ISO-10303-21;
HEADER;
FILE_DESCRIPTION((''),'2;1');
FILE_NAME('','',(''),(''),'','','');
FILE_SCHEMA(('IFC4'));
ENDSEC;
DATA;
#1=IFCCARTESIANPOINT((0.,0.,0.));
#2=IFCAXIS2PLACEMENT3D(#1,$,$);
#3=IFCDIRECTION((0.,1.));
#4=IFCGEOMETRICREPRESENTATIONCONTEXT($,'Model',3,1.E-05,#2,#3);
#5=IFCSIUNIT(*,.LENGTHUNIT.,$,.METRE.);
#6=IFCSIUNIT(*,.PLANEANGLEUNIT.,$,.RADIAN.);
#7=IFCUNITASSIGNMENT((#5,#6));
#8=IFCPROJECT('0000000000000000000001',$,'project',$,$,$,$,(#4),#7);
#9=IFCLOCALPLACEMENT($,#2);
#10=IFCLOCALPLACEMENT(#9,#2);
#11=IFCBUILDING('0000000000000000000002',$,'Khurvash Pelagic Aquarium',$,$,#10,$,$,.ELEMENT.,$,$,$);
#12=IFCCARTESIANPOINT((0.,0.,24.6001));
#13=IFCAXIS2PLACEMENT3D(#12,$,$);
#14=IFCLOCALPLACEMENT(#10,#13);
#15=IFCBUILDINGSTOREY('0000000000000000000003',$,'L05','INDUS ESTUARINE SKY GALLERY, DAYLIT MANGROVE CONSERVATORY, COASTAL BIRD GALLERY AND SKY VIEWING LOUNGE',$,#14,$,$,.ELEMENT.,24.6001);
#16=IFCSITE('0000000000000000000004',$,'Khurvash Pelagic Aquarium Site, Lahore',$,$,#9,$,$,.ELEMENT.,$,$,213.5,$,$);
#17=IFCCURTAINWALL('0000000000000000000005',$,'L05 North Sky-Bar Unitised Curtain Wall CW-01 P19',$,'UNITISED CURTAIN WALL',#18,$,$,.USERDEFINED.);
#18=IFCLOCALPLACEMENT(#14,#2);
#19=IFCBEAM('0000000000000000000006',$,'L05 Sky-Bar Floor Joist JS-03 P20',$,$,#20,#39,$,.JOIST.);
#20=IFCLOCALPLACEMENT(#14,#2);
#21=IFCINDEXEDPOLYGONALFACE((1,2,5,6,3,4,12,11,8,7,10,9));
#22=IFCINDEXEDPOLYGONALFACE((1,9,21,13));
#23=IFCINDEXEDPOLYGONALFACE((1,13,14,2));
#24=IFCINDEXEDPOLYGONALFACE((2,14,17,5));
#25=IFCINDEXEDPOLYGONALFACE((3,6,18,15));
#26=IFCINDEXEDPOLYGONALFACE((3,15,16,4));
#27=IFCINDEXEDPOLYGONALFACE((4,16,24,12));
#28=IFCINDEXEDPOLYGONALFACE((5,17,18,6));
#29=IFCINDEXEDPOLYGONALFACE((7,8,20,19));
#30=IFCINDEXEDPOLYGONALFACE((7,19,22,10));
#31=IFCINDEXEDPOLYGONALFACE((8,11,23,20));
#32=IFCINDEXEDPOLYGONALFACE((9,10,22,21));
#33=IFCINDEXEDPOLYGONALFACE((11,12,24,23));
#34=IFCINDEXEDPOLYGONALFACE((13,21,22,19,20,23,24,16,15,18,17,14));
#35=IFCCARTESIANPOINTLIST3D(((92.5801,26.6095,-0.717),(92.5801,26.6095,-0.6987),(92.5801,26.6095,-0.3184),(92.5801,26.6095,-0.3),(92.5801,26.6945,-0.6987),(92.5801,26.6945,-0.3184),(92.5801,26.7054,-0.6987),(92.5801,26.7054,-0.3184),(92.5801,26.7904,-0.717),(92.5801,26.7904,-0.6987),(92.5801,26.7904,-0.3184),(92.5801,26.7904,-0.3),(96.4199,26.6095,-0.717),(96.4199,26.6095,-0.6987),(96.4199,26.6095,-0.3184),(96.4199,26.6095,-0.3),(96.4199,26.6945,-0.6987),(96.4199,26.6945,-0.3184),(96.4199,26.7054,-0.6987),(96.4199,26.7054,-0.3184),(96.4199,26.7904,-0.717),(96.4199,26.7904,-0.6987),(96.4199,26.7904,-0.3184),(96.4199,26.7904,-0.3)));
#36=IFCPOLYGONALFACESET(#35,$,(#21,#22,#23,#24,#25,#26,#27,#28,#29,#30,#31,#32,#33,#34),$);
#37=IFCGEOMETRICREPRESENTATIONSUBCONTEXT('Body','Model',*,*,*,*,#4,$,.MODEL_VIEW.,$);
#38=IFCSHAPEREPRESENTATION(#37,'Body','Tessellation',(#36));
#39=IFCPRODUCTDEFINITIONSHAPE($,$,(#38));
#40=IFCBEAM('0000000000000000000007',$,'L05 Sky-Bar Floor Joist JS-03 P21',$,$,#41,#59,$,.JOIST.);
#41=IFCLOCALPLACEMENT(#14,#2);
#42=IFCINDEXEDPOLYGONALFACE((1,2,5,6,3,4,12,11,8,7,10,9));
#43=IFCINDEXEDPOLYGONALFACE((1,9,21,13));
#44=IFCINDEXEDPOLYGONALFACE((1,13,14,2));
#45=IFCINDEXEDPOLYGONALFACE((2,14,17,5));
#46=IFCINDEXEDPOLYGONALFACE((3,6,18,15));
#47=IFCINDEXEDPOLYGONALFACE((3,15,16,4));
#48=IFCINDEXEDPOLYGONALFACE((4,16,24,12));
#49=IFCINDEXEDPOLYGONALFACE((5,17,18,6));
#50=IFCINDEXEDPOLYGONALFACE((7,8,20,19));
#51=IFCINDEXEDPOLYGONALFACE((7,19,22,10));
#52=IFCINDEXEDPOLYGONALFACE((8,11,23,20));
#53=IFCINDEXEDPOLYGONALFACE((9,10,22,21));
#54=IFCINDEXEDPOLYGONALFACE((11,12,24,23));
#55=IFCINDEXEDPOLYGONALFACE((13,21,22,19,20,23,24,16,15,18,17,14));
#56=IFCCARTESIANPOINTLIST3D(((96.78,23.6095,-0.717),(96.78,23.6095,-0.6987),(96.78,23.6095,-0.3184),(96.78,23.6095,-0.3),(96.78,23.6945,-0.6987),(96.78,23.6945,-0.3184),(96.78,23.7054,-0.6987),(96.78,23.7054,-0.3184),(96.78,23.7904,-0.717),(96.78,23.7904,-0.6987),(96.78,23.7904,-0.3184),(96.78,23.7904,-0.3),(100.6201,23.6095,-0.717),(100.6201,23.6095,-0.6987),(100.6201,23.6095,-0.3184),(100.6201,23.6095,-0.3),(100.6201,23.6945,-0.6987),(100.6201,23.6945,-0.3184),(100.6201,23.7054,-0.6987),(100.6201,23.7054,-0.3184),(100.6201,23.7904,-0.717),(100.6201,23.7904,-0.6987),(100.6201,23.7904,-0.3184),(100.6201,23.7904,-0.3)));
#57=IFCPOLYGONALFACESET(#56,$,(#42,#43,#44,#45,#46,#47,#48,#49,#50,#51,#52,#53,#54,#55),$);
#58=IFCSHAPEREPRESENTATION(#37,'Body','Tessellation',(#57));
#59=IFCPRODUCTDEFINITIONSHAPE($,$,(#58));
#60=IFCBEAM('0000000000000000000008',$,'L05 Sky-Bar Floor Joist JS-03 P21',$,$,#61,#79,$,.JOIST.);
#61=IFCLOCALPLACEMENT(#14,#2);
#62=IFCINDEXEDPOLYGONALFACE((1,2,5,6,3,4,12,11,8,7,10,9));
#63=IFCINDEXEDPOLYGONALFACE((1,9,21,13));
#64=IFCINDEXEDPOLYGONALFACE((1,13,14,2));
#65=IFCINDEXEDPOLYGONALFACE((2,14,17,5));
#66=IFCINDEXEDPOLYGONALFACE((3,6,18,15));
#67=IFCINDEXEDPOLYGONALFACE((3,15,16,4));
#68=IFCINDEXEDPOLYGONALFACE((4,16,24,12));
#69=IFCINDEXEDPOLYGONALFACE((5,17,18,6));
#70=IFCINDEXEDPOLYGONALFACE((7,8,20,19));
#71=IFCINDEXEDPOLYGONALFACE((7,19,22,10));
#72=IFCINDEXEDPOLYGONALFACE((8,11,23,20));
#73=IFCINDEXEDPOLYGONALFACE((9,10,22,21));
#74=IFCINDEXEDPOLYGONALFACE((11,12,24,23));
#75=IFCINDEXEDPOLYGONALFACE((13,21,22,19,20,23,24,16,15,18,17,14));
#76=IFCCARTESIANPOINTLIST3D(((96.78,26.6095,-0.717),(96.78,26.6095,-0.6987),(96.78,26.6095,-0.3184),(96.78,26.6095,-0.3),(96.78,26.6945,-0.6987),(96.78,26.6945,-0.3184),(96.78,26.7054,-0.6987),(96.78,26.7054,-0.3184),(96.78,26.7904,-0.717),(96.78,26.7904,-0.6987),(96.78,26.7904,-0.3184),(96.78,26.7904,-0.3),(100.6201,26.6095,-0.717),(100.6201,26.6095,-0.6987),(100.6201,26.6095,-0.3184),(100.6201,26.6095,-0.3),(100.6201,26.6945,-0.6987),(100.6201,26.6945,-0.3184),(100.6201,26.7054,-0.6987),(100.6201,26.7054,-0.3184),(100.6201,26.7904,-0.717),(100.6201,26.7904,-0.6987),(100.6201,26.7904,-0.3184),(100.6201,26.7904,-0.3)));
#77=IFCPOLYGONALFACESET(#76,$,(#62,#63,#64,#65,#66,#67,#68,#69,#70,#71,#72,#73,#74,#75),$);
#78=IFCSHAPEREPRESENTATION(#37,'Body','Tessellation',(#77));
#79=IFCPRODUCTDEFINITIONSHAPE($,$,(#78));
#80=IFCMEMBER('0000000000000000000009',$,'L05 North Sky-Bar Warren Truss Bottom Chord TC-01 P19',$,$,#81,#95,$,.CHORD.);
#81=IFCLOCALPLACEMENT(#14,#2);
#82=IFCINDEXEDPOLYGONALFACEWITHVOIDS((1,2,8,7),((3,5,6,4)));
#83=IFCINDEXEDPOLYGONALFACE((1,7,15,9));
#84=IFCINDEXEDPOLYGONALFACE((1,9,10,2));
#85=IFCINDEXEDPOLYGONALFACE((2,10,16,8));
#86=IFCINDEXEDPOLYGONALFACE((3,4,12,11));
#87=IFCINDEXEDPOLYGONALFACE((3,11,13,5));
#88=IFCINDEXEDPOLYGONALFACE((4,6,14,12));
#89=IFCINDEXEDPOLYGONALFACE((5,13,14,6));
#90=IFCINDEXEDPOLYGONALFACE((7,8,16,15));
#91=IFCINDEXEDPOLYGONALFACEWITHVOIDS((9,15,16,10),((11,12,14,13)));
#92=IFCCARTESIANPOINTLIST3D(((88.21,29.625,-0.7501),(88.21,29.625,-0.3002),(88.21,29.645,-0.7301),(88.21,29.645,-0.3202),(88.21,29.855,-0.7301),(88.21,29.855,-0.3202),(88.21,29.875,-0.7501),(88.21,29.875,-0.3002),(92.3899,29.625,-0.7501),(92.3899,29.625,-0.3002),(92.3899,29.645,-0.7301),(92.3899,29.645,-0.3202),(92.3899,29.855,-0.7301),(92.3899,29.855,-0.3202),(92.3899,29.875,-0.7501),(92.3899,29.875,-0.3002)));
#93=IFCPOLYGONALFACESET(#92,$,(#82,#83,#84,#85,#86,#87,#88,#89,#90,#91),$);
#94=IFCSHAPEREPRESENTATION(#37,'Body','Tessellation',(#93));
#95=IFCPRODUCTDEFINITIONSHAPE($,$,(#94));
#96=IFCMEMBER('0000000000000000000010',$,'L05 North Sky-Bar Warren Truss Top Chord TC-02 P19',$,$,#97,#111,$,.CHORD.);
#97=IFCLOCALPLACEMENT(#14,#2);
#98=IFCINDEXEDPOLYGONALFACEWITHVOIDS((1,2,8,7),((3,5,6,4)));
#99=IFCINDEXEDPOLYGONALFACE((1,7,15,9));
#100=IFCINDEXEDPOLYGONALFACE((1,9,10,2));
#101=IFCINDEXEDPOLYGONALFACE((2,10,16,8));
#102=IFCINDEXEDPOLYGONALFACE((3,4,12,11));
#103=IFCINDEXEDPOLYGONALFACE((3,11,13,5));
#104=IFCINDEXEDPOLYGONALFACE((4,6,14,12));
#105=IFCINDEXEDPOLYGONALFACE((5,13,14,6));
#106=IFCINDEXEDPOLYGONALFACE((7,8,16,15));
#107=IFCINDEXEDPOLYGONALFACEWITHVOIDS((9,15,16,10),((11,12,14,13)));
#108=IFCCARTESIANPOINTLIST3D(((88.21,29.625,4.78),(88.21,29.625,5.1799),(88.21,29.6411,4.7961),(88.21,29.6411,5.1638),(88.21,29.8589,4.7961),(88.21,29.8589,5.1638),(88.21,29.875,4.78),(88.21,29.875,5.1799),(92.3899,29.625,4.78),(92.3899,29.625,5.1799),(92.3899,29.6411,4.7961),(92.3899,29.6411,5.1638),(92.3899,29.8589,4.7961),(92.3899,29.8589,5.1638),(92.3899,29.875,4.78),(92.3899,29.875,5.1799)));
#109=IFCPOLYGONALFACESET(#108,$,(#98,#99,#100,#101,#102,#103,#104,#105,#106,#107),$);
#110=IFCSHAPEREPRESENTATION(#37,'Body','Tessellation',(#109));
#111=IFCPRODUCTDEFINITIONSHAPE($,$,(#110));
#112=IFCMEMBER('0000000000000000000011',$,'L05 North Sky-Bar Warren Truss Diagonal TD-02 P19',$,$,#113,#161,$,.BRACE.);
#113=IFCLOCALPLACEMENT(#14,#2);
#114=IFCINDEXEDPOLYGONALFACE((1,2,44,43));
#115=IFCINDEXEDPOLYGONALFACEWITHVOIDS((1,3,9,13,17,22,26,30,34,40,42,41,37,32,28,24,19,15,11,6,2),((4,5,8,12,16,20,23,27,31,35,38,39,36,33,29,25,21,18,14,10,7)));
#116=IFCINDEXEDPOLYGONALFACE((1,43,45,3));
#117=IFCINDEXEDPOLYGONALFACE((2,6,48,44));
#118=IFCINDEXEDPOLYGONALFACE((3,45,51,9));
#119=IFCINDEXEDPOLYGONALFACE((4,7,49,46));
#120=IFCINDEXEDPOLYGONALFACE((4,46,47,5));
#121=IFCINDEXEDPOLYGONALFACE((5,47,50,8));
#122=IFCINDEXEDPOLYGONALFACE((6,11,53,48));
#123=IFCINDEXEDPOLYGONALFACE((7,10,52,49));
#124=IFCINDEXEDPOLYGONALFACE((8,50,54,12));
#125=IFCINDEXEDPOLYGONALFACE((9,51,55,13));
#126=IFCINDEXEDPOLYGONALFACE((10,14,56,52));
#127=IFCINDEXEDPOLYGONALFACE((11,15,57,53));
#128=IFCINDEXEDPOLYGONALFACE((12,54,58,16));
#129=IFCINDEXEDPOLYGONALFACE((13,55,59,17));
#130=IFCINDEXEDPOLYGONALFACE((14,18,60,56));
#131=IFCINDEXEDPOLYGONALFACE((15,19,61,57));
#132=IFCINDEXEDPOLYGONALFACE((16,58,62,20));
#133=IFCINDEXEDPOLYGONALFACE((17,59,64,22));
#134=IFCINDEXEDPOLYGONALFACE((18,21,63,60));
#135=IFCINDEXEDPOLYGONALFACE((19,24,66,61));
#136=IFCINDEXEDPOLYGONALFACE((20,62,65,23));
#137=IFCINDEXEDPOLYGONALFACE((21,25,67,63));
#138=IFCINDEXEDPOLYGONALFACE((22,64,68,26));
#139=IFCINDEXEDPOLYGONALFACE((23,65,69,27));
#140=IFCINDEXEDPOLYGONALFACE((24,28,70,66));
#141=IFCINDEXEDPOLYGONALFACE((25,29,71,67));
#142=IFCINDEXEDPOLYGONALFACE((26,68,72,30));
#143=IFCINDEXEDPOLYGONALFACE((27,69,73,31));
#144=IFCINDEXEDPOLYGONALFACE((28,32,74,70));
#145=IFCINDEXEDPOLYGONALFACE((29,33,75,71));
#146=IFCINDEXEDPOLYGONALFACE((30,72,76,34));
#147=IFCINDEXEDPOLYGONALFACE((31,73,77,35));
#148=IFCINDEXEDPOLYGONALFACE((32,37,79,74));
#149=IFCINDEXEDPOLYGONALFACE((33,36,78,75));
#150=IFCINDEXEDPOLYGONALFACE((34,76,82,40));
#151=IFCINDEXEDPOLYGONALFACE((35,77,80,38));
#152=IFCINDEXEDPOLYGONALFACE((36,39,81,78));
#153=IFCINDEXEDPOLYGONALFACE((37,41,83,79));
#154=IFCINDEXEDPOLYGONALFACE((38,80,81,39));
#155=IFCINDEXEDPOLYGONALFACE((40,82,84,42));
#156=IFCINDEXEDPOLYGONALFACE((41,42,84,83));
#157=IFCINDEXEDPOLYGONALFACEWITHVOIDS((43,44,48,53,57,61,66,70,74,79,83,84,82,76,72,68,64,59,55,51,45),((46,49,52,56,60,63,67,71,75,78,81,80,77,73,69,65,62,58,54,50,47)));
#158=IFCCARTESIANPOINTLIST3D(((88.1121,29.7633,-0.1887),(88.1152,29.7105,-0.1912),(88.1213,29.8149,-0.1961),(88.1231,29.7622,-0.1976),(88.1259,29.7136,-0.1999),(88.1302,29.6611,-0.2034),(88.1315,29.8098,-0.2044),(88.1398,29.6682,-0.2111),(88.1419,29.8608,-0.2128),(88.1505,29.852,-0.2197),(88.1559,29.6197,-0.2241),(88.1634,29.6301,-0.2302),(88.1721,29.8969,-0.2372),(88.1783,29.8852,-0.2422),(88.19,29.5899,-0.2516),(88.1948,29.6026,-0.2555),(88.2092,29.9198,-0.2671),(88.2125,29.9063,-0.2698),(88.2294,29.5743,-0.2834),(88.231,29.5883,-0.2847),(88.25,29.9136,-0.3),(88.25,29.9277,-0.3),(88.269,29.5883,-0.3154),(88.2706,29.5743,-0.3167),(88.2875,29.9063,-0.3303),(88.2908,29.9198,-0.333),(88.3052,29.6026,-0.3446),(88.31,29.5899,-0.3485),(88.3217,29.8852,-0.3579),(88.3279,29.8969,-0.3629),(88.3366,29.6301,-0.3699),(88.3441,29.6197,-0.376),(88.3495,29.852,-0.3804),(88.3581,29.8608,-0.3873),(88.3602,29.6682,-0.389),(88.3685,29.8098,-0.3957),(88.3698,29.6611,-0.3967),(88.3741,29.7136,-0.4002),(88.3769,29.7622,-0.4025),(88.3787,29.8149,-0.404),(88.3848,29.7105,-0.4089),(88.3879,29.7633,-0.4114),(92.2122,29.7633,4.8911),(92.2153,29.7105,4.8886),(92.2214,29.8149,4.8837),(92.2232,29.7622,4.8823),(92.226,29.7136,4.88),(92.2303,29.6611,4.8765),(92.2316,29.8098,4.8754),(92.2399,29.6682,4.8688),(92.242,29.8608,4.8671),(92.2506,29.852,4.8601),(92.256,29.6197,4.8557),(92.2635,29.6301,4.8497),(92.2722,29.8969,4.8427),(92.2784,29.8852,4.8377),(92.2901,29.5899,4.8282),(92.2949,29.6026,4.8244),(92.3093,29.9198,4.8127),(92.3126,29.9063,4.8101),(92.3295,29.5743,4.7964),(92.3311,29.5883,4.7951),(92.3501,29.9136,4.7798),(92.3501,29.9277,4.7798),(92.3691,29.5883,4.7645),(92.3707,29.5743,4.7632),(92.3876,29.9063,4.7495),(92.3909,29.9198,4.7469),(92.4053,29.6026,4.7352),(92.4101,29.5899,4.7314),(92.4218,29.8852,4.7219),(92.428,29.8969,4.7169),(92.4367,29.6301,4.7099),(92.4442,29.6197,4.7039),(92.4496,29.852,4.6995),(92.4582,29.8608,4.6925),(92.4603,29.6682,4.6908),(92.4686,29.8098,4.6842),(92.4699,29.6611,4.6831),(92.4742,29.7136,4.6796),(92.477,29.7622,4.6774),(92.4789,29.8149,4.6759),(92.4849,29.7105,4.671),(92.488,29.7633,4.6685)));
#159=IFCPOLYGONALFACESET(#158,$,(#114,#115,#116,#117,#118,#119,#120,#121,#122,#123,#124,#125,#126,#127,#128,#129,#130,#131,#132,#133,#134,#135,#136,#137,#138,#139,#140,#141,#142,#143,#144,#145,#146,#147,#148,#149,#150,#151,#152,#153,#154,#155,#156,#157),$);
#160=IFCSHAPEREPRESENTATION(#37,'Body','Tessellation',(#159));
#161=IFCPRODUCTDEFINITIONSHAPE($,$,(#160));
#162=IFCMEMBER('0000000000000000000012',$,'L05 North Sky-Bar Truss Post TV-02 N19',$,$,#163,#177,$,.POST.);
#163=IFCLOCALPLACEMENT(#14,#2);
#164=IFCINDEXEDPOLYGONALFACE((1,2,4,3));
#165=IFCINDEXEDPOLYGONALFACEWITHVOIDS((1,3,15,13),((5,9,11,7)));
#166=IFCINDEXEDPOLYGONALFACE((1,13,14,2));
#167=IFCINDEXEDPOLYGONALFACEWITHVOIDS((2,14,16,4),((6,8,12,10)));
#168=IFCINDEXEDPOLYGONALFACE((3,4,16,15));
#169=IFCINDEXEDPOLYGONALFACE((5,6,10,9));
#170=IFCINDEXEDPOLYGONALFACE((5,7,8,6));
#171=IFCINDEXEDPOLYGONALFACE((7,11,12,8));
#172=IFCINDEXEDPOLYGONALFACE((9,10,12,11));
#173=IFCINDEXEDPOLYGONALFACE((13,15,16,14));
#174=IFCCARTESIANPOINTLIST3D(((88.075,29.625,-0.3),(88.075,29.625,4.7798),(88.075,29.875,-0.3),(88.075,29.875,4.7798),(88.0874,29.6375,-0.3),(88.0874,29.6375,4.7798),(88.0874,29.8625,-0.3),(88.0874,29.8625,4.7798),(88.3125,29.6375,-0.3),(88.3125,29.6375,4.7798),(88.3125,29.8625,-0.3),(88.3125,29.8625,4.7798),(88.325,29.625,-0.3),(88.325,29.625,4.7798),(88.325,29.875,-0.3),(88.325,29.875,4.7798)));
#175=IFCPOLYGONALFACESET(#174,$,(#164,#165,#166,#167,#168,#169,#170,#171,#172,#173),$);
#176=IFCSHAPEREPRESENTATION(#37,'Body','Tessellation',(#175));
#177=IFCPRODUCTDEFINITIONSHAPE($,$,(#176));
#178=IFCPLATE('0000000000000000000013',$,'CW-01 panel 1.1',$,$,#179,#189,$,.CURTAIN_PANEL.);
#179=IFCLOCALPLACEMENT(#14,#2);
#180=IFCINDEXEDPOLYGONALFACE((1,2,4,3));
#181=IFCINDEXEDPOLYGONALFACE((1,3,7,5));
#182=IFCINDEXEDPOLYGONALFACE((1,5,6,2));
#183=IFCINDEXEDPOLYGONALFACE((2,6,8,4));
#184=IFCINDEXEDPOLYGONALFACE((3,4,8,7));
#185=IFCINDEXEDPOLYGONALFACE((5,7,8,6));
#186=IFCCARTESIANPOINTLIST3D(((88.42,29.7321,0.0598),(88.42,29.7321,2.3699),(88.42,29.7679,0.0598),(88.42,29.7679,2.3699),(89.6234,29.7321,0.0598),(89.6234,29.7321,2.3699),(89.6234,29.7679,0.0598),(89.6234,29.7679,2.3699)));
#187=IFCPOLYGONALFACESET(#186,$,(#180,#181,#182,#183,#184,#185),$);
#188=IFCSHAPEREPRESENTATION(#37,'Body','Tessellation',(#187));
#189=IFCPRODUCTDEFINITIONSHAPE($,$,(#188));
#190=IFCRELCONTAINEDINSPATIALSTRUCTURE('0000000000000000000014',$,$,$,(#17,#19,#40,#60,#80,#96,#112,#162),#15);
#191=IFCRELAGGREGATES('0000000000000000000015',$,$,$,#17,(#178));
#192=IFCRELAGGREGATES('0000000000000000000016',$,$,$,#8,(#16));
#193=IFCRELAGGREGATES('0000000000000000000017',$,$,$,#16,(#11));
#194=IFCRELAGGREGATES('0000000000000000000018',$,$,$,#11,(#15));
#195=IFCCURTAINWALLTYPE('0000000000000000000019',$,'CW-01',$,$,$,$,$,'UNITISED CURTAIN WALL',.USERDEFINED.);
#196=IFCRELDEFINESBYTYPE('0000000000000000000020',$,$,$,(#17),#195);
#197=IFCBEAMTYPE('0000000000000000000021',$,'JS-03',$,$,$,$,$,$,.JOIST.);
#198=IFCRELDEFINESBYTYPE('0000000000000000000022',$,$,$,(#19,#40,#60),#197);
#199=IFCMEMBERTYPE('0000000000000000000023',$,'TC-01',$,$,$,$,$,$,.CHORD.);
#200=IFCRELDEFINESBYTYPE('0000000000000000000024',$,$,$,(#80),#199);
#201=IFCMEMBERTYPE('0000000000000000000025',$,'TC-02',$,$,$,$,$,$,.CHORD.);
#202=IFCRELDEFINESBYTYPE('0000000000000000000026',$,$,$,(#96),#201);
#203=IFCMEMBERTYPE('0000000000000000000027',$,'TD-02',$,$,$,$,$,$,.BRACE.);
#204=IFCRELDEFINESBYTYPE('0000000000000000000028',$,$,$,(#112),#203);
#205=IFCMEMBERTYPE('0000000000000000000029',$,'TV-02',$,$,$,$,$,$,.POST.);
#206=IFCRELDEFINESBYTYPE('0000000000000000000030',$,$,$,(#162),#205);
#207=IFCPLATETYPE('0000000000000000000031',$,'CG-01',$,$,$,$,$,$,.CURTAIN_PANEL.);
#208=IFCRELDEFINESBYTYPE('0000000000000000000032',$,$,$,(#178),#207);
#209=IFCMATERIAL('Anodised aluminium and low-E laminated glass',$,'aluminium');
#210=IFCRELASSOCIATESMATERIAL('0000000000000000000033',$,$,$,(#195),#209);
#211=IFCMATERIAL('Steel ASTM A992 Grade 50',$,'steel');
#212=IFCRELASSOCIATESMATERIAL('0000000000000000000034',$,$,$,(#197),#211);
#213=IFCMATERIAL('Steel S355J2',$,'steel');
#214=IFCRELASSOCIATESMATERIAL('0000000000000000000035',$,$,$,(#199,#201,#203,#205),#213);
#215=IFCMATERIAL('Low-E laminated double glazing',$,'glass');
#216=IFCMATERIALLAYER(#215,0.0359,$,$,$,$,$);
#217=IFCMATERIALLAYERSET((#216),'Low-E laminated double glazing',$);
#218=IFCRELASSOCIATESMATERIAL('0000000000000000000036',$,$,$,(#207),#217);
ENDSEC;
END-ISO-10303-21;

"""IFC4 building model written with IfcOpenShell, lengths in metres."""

from ifc_helpers import new_model, si_unit, direction, frame, origin, origin_2d, place, context, subcontext, project, spatial, rectangle, hollow_rectangle, hollow_circle, i_section, extrude, material, layer, layer_set, material_profile, profile_set, type_object, element, aggregate, save


model = new_model("IFC4")

# Units and contexts
model_context = context("Model", 3, precision=1e-05, world=origin(), true_north=direction((0.0, 1.0)))
body_context = subcontext(model_context, "Body", "Model", "MODEL_VIEW")
ifc_project = project(units=[si_unit("LENGTHUNIT", "METRE"), si_unit("PLANEANGLEUNIT", "RADIAN")], contexts=[model_context])

# Site, building, storey
site_placement = place(None, origin())
site = spatial("IfcSite", under=ifc_project, at=site_placement, Name="Khurvash Pelagic Aquarium Site, Lahore", CompositionType="ELEMENT", RefElevation=213.5)
building_placement = place(site_placement, origin())
building = spatial("IfcBuilding", under=site, at=building_placement, Name="Khurvash Pelagic Aquarium", CompositionType="ELEMENT")
storey_placement = place(building_placement, frame((0.0, 0.0, 24.6001)))
storey = spatial("IfcBuildingStorey", under=building, at=storey_placement, Name="L05", Description="INDUS ESTUARINE SKY GALLERY, DAYLIT MANGROVE CONSERVATORY, COASTAL BIRD GALLERY AND SKY VIEWING LOUNGE", CompositionType="ELEMENT", Elevation=24.6001)

# Shared definitions
ifc_material_1 = material(Name="Steel ASTM A992 Grade 50", Category="steel")

# Shared definitions
ifc_material_2 = material(Name="Anodised aluminium and low-E laminated glass", Category="aluminium")
curtain_wall_type = type_object("IfcCurtainWallType", Name="CW-01", ElementType="UNITISED CURTAIN WALL", PredefinedType="USERDEFINED", material=ifc_material_2)

# Curtain wall
curtain_wall_1_placement = place(storey_placement, origin())
curtain_wall_1 = element("IfcCurtainWall", 1, at=curtain_wall_1_placement, inside=storey, type_object=curtain_wall_type, Name="L05 North Sky-Bar Unitised Curtain Wall CW-01 P19", ObjectType="UNITISED CURTAIN WALL", PredefinedType="USERDEFINED")

# Beams
ifc_material_profile_1 = material_profile(ifc_material_1, i_section(OverallWidth=0.1809, OverallDepth=0.417, WebThickness=0.011, FlangeThickness=0.0183, at=origin_2d()), Name="W16X57")
ifc_profile_set_1 = profile_set([ifc_material_profile_1], Name="Steel ASTM A992 Grade 50")
beam_type_1 = type_object("IfcBeamType", Name="JS-03", PredefinedType="JOIST", material=ifc_profile_set_1)
for number, where, z_axis, x_axis, name in (
    (2, (92.5801, 26.7, -0.5085), (1.0, 0.0, 0.0), (0.0, 1.0, 0.0), "L05 Sky-Bar Floor Joist JS-03 P20"),
):
    element("IfcBeam", number, at=place(storey_placement, frame(where, z_axis=z_axis, x_axis=x_axis)), inside=storey, type_object=beam_type_1, Name=name, PredefinedType="JOIST", context=body_context, shape_type="SweptSolid", body=[
        extrude(i_section(OverallWidth=0.1809, OverallDepth=0.417, WebThickness=0.011, FlangeThickness=0.0183, at=origin_2d()), origin(), (0.0, 0.0, 1.0), 3.8398),
    ])
for number, where, z_axis, x_axis, name in (
    (3, (96.78, 23.7, -0.5085), (1.0, 0.0, 0.0), (0.0, 1.0, 0.0), "L05 Sky-Bar Floor Joist JS-03 P21"),
    (4, (96.78, 26.7, -0.5085), (1.0, 0.0, 0.0), (0.0, 1.0, 0.0), "L05 Sky-Bar Floor Joist JS-03 P21"),
):
    element("IfcBeam", number, at=place(storey_placement, frame(where, z_axis=z_axis, x_axis=x_axis)), inside=storey, type_object=beam_type_1, Name=name, PredefinedType="JOIST", context=body_context, shape_type="SweptSolid", body=[
        extrude(i_section(OverallWidth=0.1809, OverallDepth=0.417, WebThickness=0.011, FlangeThickness=0.0183, at=origin_2d()), origin(), (0.0, 0.0, 1.0), 3.8401),
    ])

# Members
ifc_material_3 = material(Name="Steel S355J2", Category="steel")
ifc_material_profile_2 = material_profile(ifc_material_3, hollow_rectangle(XDim=0.25, YDim=0.45, WallThickness=0.02, at=origin_2d()), Name="RHS450X250X20")
ifc_profile_set_2 = profile_set([ifc_material_profile_2], Name="Steel S355J2")
member_type_1 = type_object("IfcMemberType", Name="TC-01", PredefinedType="CHORD", material=ifc_profile_set_2)
member_1_placement = place(storey_placement, frame((88.21, 29.75, -0.5251), z_axis=(1.0, 0.0, 0.0), x_axis=(0.0, 1.0, 0.0)))
element("IfcMember", 5, at=member_1_placement, inside=storey, type_object=member_type_1, Name="L05 North Sky-Bar Warren Truss Bottom Chord TC-01 P19", PredefinedType="CHORD", context=body_context, shape_type="SweptSolid", body=[
    extrude(hollow_rectangle(XDim=0.25, YDim=0.45, WallThickness=0.02, at=origin_2d()), origin(), (0.0, 0.0, 1.0), 4.1799),
])
ifc_material_profile_3 = material_profile(ifc_material_3, hollow_rectangle(XDim=0.25, YDim=0.3999, WallThickness=0.0161, at=origin_2d()), Name="RHS400X250X16")
ifc_profile_set_3 = profile_set([ifc_material_profile_3], Name="Steel S355J2")
member_type_2 = type_object("IfcMemberType", Name="TC-02", PredefinedType="CHORD", material=ifc_profile_set_3)
member_2_placement = place(storey_placement, frame((88.21, 29.75, 4.98), z_axis=(1.0, 0.0, 0.0), x_axis=(0.0, 1.0, 0.0)))
element("IfcMember", 6, at=member_2_placement, inside=storey, type_object=member_type_2, Name="L05 North Sky-Bar Warren Truss Top Chord TC-02 P19", PredefinedType="CHORD", context=body_context, shape_type="SweptSolid", body=[
    extrude(hollow_rectangle(XDim=0.25, YDim=0.3999, WallThickness=0.0161, at=origin_2d()), origin(), (0.0, 0.0, 1.0), 4.1799),
])
ifc_material_profile_4 = material_profile(ifc_material_3, hollow_circle(Radius=0.1777, WallThickness=0.0142, at=origin_2d()), Name="CHS355X14")
ifc_profile_set_4 = profile_set([ifc_material_profile_4], Name="Steel S355J2")
member_type_3 = type_object("IfcMemberType", Name="TD-02", PredefinedType="BRACE", material=ifc_profile_set_4)
member_3_placement = place(storey_placement, frame((88.25, 29.75, -0.3), z_axis=(0.628073, 0.0, 0.778154), x_axis=(0.0, 1.0, 0.0)))
element("IfcMember", 7, at=member_3_placement, inside=storey, type_object=member_type_3, Name="L05 North Sky-Bar Warren Truss Diagonal TD-02 P19", PredefinedType="BRACE", context=body_context, shape_type="SweptSolid", body=[
    extrude(hollow_circle(Radius=0.1777, WallThickness=0.0142, at=origin_2d()), origin(), (0.0, 0.0, 1.0), 6.5281),
])
ifc_material_profile_5 = material_profile(ifc_material_3, hollow_rectangle(XDim=0.25, YDim=0.25, WallThickness=0.0125, at=origin_2d()), Name="SHS250X250X12")
ifc_profile_set_5 = profile_set([ifc_material_profile_5], Name="Steel S355J2")
member_type_4 = type_object("IfcMemberType", Name="TV-02", PredefinedType="POST", material=ifc_profile_set_5)
member_4_placement = place(storey_placement, frame((88.2, 29.75, -0.3), z_axis=(0.0, 0.0, 1.0), x_axis=(1.0, 0.0, 0.0)))
element("IfcMember", 8, at=member_4_placement, inside=storey, type_object=member_type_4, Name="L05 North Sky-Bar Truss Post TV-02 N19", PredefinedType="POST", context=body_context, shape_type="SweptSolid", body=[
    extrude(hollow_rectangle(XDim=0.25, YDim=0.25, WallThickness=0.0125, at=origin_2d()), origin(), (0.0, 0.0, 1.0), 5.0798),
])

# Plate
ifc_material_4 = material(Name="Low-E laminated double glazing", Category="glass")
ifc_layer_1 = layer(ifc_material_4, 0.0359)
ifc_layer_set_1 = layer_set([ifc_layer_1], Name="Low-E laminated double glazing")
plate_type_1 = type_object("IfcPlateType", Name="CG-01", PredefinedType="CURTAIN_PANEL", material=ifc_layer_set_1)
plate_1_placement = place(storey_placement, frame((89.0217, 29.75, 0.0598), z_axis=(0.0, 0.0, 1.0), x_axis=(1.0, 0.0, 0.0)))
plate_1 = element("IfcPlate", 9, at=plate_1_placement, type_object=plate_type_1, Name="CW-01 panel 1.1", PredefinedType="CURTAIN_PANEL", context=body_context, shape_type="SweptSolid", body=[
    extrude(rectangle(XDim=1.2034, YDim=0.0359, at=origin_2d()), origin(), (0.0, 0.0, 1.0), 2.3101),
])
aggregate(curtain_wall_1, [plate_1])

save(model, "model.ifc")
